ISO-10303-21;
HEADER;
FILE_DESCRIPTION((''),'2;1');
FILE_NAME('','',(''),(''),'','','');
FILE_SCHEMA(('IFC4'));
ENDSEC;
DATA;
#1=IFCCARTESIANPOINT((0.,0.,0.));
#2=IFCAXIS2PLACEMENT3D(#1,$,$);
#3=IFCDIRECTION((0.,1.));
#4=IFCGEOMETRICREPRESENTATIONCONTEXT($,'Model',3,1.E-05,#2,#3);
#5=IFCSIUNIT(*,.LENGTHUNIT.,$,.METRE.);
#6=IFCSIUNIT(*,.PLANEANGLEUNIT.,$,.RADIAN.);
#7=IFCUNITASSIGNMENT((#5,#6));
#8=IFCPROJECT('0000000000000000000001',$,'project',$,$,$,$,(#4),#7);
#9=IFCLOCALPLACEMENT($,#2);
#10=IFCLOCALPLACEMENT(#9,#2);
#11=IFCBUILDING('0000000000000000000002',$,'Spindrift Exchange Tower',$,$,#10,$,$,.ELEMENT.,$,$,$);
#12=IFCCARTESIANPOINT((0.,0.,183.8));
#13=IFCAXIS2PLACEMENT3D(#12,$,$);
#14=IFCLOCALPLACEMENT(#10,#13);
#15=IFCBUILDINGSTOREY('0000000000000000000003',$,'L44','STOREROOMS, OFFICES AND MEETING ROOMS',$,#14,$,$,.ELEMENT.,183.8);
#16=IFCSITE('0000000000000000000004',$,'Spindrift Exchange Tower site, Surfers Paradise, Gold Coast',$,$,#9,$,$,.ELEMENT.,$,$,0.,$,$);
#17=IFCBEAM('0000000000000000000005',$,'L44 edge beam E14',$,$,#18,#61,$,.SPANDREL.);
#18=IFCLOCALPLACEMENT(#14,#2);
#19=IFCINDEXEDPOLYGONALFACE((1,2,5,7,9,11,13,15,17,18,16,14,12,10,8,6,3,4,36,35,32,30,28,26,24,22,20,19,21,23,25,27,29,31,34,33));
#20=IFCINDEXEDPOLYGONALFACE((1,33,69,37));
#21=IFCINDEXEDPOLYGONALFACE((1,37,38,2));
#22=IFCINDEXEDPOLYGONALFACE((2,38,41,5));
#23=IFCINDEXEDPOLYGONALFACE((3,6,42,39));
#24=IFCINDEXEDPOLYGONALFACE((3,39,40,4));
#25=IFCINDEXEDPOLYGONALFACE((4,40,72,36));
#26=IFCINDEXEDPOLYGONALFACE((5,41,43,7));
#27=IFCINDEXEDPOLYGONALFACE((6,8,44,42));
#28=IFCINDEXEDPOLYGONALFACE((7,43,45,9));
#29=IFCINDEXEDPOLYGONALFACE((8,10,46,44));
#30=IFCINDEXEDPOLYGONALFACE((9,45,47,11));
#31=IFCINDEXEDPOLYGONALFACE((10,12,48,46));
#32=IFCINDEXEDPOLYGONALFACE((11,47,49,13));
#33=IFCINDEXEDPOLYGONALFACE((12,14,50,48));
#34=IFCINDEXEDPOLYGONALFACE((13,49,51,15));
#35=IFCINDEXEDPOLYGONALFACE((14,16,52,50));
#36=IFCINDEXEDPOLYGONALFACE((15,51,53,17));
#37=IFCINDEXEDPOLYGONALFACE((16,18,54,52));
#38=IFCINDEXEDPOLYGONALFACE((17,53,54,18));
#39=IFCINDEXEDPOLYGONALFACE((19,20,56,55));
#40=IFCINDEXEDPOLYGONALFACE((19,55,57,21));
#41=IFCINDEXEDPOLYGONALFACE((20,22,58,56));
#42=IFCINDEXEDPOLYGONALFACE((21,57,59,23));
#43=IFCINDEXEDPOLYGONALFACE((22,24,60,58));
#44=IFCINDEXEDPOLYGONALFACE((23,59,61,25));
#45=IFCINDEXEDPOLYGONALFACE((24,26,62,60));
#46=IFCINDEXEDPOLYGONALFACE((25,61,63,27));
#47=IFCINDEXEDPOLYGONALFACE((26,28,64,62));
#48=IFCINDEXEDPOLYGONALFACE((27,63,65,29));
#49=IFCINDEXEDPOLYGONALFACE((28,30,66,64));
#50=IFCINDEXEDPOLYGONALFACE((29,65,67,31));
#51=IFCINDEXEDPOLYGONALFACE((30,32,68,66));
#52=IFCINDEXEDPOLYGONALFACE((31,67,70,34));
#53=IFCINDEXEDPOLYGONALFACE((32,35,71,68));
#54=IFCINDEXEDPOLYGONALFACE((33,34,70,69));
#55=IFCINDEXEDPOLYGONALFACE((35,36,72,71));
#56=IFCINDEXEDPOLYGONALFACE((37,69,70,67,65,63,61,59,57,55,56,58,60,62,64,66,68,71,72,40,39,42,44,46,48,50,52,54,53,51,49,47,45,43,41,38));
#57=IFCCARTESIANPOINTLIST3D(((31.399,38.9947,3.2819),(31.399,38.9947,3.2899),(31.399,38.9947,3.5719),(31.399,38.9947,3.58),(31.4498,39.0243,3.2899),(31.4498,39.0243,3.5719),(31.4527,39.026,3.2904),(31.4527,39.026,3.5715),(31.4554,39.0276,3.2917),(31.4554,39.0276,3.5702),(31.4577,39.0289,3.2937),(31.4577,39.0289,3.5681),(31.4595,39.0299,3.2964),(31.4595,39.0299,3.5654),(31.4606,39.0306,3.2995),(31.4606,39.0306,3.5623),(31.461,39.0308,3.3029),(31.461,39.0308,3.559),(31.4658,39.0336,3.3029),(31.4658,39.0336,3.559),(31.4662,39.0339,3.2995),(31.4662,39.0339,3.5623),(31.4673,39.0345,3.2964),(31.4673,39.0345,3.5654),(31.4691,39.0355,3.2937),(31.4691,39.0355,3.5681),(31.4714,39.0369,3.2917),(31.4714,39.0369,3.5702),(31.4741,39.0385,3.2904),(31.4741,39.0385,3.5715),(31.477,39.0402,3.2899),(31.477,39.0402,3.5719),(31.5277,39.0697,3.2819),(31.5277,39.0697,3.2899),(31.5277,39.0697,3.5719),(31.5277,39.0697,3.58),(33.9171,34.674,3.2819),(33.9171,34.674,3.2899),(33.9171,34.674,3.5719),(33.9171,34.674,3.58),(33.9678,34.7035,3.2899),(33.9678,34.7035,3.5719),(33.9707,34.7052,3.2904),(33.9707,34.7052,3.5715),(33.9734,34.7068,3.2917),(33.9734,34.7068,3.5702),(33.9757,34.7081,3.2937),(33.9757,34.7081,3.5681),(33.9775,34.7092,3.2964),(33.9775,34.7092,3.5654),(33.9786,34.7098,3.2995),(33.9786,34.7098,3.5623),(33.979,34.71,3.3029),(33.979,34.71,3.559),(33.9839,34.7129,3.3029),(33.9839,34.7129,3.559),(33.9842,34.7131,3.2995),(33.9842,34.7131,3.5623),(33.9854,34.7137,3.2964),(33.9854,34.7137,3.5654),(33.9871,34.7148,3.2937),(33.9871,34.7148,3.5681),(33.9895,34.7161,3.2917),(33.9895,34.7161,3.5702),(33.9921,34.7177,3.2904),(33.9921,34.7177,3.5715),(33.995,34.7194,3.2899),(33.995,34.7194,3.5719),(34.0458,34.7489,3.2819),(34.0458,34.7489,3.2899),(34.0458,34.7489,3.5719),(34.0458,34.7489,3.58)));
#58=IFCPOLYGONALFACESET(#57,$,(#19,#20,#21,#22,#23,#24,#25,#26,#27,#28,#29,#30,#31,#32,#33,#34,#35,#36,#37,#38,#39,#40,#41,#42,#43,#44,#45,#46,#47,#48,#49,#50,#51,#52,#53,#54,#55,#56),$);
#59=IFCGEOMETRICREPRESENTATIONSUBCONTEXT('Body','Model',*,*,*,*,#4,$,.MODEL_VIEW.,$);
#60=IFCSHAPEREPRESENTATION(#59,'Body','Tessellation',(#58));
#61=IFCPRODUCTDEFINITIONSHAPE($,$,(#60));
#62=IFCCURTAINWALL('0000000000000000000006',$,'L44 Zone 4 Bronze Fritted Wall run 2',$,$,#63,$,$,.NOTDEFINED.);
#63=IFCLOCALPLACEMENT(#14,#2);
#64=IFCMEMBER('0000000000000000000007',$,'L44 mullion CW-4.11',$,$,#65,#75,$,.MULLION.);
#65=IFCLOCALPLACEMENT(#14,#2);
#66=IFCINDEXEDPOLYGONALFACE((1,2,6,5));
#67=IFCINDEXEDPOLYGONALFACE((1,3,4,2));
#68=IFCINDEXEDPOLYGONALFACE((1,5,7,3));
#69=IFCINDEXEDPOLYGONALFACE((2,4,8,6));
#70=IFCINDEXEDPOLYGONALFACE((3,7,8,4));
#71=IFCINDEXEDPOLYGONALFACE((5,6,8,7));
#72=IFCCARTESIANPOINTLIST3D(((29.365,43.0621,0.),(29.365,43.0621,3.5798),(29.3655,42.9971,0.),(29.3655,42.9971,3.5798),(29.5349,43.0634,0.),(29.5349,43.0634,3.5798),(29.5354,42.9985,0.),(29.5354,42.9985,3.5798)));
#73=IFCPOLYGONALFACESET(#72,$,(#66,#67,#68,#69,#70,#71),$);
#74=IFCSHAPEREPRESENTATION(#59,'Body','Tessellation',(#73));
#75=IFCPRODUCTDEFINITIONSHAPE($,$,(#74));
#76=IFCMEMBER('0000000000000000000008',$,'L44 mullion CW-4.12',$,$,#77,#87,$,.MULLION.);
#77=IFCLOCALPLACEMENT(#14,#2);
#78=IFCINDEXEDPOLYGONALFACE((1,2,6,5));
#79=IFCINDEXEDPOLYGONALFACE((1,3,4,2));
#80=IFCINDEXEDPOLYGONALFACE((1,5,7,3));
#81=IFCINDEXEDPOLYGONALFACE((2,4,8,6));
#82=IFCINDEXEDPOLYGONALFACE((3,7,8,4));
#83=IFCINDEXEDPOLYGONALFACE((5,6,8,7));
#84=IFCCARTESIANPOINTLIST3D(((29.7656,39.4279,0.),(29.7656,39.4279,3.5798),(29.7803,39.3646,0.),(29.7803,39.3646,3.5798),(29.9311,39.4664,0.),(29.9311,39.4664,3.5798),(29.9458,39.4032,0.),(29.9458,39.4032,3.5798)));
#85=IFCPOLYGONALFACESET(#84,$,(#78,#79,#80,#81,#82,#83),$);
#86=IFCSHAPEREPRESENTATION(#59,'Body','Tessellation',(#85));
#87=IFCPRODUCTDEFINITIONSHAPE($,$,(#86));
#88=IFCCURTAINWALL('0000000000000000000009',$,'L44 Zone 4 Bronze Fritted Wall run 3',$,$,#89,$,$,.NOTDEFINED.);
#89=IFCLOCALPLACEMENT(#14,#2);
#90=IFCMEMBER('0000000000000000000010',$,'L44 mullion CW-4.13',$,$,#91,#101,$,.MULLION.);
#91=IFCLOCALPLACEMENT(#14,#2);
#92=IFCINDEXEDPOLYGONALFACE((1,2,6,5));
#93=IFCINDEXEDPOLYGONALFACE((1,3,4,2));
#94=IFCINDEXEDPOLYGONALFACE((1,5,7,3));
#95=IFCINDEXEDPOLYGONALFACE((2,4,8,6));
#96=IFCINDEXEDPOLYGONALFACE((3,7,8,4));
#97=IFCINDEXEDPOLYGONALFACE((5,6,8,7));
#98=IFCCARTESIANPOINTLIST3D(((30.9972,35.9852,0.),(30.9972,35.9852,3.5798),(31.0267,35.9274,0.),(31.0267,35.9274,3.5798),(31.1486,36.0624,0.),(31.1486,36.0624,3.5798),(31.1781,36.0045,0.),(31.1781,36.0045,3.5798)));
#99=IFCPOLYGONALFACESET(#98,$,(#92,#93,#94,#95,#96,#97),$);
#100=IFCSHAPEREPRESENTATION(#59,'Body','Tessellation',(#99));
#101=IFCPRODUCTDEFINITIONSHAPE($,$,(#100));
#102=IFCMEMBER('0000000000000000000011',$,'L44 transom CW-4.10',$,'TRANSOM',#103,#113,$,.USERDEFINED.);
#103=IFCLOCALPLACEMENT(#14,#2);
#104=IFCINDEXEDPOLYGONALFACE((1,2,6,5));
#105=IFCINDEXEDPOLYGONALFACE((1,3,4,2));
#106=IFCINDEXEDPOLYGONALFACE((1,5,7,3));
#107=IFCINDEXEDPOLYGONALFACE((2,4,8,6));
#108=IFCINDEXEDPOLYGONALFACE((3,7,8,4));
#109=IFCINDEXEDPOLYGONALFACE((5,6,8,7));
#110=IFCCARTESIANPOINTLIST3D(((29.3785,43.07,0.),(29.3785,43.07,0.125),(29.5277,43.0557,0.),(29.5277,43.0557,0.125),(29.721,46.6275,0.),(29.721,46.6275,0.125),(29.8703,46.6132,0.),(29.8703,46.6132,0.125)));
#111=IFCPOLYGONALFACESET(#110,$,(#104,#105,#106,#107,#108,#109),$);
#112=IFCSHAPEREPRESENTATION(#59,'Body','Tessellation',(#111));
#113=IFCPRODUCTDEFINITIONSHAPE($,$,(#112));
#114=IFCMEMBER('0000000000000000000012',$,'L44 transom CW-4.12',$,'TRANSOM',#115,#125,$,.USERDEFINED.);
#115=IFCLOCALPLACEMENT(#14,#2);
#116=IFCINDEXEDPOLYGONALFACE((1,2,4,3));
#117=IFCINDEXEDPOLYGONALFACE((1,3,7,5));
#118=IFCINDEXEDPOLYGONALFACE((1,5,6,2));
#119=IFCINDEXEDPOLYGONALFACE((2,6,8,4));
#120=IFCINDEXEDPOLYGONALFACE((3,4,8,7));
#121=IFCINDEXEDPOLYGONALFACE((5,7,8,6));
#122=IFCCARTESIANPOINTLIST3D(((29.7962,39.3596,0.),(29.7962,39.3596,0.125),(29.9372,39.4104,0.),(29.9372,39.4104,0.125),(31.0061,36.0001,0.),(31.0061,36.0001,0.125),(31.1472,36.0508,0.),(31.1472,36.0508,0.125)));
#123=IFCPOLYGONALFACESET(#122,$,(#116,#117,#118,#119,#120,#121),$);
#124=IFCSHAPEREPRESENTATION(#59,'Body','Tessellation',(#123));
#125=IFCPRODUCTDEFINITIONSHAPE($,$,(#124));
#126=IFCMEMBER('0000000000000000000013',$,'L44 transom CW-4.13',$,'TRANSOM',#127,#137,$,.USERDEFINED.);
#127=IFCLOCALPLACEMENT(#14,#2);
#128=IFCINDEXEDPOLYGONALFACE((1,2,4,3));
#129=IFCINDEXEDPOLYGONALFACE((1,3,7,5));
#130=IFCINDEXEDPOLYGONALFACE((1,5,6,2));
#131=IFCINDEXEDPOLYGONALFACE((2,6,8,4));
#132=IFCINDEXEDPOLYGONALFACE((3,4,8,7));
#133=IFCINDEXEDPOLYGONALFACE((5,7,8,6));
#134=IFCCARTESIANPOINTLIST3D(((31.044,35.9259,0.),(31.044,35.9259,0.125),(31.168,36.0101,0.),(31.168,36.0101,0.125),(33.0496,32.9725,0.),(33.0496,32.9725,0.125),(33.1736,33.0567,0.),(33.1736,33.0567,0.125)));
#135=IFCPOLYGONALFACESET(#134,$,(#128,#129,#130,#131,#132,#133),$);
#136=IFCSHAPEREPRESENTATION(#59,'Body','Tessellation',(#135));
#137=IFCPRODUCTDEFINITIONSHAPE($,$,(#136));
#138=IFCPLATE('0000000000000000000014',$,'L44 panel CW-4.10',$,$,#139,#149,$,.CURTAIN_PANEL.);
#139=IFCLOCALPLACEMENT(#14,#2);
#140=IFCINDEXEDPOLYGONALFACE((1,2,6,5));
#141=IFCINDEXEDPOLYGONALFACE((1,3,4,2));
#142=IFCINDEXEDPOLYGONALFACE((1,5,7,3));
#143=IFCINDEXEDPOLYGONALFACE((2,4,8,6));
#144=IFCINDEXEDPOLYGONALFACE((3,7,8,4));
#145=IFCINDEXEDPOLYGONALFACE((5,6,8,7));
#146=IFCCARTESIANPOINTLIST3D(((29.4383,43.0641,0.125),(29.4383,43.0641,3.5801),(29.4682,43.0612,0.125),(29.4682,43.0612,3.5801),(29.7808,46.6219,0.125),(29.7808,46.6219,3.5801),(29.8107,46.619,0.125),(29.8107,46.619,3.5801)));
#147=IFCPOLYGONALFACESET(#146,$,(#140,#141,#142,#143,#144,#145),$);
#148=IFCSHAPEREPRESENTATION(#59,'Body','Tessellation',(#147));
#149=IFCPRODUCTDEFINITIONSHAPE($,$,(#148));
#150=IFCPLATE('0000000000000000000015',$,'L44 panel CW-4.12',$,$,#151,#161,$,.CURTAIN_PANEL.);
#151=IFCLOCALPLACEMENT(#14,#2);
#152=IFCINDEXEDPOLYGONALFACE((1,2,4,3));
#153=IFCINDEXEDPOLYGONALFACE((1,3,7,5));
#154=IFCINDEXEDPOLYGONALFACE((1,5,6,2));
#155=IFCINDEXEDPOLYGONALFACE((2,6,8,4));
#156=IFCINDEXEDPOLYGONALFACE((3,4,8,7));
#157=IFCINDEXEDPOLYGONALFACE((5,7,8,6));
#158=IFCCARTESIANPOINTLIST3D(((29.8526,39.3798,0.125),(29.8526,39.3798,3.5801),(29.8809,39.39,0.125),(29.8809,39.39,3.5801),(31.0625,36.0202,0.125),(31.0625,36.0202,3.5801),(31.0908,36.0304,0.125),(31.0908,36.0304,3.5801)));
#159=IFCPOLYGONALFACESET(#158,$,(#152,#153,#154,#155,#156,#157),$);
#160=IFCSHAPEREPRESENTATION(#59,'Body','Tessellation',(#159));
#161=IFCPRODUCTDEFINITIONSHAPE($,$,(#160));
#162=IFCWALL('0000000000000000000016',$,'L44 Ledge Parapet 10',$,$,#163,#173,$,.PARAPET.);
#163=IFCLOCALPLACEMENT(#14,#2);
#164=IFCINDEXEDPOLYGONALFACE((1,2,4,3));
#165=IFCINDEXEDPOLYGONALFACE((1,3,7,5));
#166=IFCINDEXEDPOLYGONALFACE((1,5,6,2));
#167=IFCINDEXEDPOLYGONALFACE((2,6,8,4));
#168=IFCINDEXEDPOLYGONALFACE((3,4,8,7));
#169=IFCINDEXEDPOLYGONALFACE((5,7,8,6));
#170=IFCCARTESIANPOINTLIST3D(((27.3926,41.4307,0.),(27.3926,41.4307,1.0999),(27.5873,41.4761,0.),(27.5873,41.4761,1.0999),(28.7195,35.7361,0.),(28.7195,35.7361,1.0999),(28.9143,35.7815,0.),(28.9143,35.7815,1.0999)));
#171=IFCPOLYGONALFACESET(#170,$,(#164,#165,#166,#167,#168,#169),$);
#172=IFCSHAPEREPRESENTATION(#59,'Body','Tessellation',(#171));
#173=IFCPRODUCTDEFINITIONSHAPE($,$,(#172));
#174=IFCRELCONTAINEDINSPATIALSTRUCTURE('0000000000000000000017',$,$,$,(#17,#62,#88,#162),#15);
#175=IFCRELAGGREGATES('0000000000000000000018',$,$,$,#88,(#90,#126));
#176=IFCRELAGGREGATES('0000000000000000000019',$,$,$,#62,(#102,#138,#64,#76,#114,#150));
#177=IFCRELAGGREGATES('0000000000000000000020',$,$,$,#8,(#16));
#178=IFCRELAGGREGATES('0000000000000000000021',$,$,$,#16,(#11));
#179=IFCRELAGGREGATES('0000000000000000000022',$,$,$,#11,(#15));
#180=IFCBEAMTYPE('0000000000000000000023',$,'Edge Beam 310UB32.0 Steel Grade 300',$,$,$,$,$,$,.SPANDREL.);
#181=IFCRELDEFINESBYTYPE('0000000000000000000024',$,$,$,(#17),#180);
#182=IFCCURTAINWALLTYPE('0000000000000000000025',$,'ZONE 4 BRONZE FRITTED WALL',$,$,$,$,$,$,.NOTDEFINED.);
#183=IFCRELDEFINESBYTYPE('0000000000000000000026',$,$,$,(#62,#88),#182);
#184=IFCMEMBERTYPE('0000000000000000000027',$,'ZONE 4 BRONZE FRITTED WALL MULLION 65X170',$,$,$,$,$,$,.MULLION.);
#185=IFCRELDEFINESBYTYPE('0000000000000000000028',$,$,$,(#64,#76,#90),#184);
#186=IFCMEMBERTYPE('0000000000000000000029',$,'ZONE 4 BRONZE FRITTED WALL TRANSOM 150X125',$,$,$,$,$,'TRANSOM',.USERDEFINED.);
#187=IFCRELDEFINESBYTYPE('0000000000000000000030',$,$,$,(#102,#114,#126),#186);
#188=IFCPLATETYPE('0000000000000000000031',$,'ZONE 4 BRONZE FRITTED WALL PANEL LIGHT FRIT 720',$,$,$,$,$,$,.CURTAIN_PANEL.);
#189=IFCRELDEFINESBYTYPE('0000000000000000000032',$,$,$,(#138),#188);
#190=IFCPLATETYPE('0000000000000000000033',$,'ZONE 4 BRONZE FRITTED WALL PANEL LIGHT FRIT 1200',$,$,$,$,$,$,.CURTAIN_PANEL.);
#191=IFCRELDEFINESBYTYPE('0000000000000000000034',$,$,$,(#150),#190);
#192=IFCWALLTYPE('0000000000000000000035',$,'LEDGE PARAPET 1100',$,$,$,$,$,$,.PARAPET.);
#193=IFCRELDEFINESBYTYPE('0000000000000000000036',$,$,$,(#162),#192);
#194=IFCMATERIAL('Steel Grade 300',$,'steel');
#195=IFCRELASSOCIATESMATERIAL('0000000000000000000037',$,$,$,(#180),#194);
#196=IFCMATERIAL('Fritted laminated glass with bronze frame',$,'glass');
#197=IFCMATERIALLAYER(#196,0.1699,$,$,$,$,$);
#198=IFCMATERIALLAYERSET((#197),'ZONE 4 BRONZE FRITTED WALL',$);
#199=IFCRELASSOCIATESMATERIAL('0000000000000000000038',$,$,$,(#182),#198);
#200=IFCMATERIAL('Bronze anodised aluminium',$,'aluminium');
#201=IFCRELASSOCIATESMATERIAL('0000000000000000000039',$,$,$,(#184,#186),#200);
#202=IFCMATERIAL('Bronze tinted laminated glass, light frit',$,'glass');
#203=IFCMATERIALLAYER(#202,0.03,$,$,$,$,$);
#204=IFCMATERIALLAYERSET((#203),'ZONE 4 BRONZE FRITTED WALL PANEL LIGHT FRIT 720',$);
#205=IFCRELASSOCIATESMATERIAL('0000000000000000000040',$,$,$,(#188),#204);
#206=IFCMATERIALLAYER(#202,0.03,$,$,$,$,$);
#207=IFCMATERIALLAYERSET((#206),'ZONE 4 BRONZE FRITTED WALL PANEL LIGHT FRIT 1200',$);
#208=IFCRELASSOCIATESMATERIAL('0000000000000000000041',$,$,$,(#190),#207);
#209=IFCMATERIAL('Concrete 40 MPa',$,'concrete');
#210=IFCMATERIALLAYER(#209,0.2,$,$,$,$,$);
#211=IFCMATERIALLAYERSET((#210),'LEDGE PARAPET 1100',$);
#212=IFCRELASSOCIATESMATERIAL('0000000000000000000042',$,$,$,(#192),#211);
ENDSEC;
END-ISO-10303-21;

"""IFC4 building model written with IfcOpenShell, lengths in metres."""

from ifc_helpers import new_model, si_unit, direction, frame, frame_2d, origin, origin_2d, place, context, subcontext, project, spatial, rectangle, i_section, extrude, source, transform, mapped, material, layer, layer_set, material_profile, profile_set, type_object, element, aggregate, save


model = new_model("IFC4")

# Units and contexts
model_context = context("Model", 3, precision=1e-05, world=origin(), true_north=direction((0.0, 1.0)))
body_context = subcontext(model_context, "Body", "Model", "MODEL_VIEW")
ifc_project = project(units=[si_unit("LENGTHUNIT", "METRE"), si_unit("PLANEANGLEUNIT", "RADIAN")], contexts=[model_context])

# Site, building, storey
site_placement = place(None, origin())
site = spatial("IfcSite", under=ifc_project, at=site_placement, Name="Spindrift Exchange Tower site, Surfers Paradise, Gold Coast", CompositionType="ELEMENT", RefElevation=0.0)
building_placement = place(site_placement, origin())
building = spatial("IfcBuilding", under=site, at=building_placement, Name="Spindrift Exchange Tower", CompositionType="ELEMENT")
storey_placement = place(building_placement, frame((0.0, 0.0, 183.8)))
storey = spatial("IfcBuildingStorey", under=building, at=storey_placement, Name="L44", Description="STOREROOMS, OFFICES AND MEETING ROOMS", CompositionType="ELEMENT", Elevation=183.8)

# Beam
ifc_material_1 = material(Name="Steel Grade 300", Category="steel")
ifc_material_profile_1 = material_profile(ifc_material_1, i_section(OverallWidth=0.1489, OverallDepth=0.2981, WebThickness=0.0056, FlangeThickness=0.0081, FilletRadius=0.0129, at=origin_2d()), Name="310UB32.0")
ifc_profile_set_1 = profile_set([ifc_material_profile_1], Name="Steel Grade 300")
beam_type_1 = type_object("IfcBeamType", Name="Edge Beam 310UB32.0 Steel Grade 300", PredefinedType="SPANDREL", material=ifc_profile_set_1)
shared_shape_1 = source(origin(), body_context, "Body", "SweptSolid", [
    extrude(i_section(OverallWidth=0.1489, OverallDepth=0.2981, WebThickness=0.0056, FlangeThickness=0.0081, FilletRadius=0.0129, at=origin_2d()), origin(), (0.0, 0.0, 1.0), 5.001),
])
beam_1_placement = place(storey_placement, frame((31.4634, 39.0322, 3.4309), z_axis=(0.503513, -0.863988, 0.0), x_axis=(0.863988, 0.503513, 0.0)))
element("IfcBeam", 1, at=beam_1_placement, inside=storey, type_object=beam_type_1, Name="L44 edge beam E14", PredefinedType="SPANDREL", context=body_context, shape_type="MappedRepresentation", body=[
    mapped(shared_shape_1, transform((0.0, 0.0, 0.0), scale=1.0)),
])

# Curtain wall, members
ifc_material_2 = material(Name="Fritted laminated glass with bronze frame", Category="glass")
ifc_layer_1 = layer(ifc_material_2, 0.1699)
ifc_layer_set_1 = layer_set([ifc_layer_1], Name="ZONE 4 BRONZE FRITTED WALL")
curtain_wall_type = type_object("IfcCurtainWallType", Name="ZONE 4 BRONZE FRITTED WALL", PredefinedType="NOTDEFINED", material=ifc_layer_set_1)
curtain_wall_1_placement = place(storey_placement, origin())
curtain_wall_1 = element("IfcCurtainWall", 2, at=curtain_wall_1_placement, inside=storey, type_object=curtain_wall_type, Name="L44 Zone 4 Bronze Fritted Wall run 2", PredefinedType="NOTDEFINED")
ifc_material_3 = material(Name="Bronze anodised aluminium", Category="aluminium")
ifc_material_profile_2 = material_profile(ifc_material_3, rectangle(XDim=0.0649, YDim=0.1699, at=origin_2d()), Name="ZONE 4 BRONZE FRITTED WALL MULLION 65X170")
ifc_profile_set_2 = profile_set([ifc_material_profile_2], Name="Bronze anodised aluminium")
member_type_1 = type_object("IfcMemberType", Name="ZONE 4 BRONZE FRITTED WALL MULLION 65X170", PredefinedType="MULLION", material=ifc_profile_set_2)
shared_shape_2 = source(origin(), body_context, "Body", "SweptSolid", [
    extrude(rectangle(XDim=0.0649, YDim=0.1699, at=origin_2d()), origin(), (0.0, 0.0, 1.0), 3.5798),
])
member_1_placement = place(storey_placement, frame((29.4502, 43.0303, 0.0), z_axis=(0.0, 0.0, 1.0), x_axis=(0.007899, -0.999969, 0.0)))
member_1 = element("IfcMember", 3, at=member_1_placement, type_object=member_type_1, Name="L44 mullion CW-4.11", PredefinedType="MULLION", context=body_context, shape_type="MappedRepresentation", body=[
    mapped(shared_shape_2, transform((0.0, 0.0, 0.0), scale=1.0)),
])
member_2_placement = place(storey_placement, frame((29.8557, 39.4155, 0.0), z_axis=(0.0, 0.0, 1.0), x_axis=(0.22673, -0.973958, 0.0)))
member_2 = element("IfcMember", 4, at=member_2_placement, type_object=member_type_1, Name="L44 mullion CW-4.12", PredefinedType="MULLION", context=body_context, shape_type="MappedRepresentation", body=[
    mapped(shared_shape_2, transform((0.0, 0.0, 0.0), scale=1.0)),
])

# Curtain wall, member
curtain_wall_2_placement = place(storey_placement, origin())
curtain_wall_2 = element("IfcCurtainWall", 5, at=curtain_wall_2_placement, inside=storey, type_object=curtain_wall_type, Name="L44 Zone 4 Bronze Fritted Wall run 3", PredefinedType="NOTDEFINED")
member_3_placement = place(storey_placement, frame((31.0876, 35.9949, 0.0), z_axis=(0.0, 0.0, 1.0), x_axis=(0.453889, -0.891058, 0.0)))
member_3 = element("IfcMember", 6, at=member_3_placement, type_object=member_type_1, Name="L44 mullion CW-4.13", PredefinedType="MULLION", context=body_context, shape_type="MappedRepresentation", body=[
    mapped(shared_shape_2, transform((0.0, 0.0, 0.0), scale=1.0)),
])

# Members
ifc_material_profile_3 = material_profile(ifc_material_3, rectangle(XDim=0.1499, YDim=0.125, at=origin_2d()), Name="ZONE 4 BRONZE FRITTED WALL TRANSOM 150X125")
ifc_profile_set_3 = profile_set([ifc_material_profile_3], Name="Bronze anodised aluminium")
member_type_2 = type_object("IfcMemberType", Name="ZONE 4 BRONZE FRITTED WALL TRANSOM 150X125", ElementType="TRANSOM", PredefinedType="USERDEFINED", material=ifc_profile_set_3)
shared_shape_3 = source(origin(), body_context, "Body", "SweptSolid", [
    extrude(rectangle(XDim=0.1499, YDim=0.125, at=origin_2d()), origin(), (0.0, 0.0, 1.0), 3.574),
])
member_4_placement = place(storey_placement, frame((29.7957, 46.6204, 0.0625), z_axis=(-0.095837, -0.995397, 0.0), x_axis=(0.995397, -0.095837, 0.0)))
member_4 = element("IfcMember", 7, at=member_4_placement, type_object=member_type_2, Name="L44 transom CW-4.10", ObjectType="TRANSOM", PredefinedType="USERDEFINED", context=body_context, shape_type="MappedRepresentation", body=[
    mapped(shared_shape_3, transform((0.0, 0.0, 0.0), scale=1.0)),
])
shared_shape_4 = source(origin(), body_context, "Body", "SweptSolid", [
    extrude(rectangle(XDim=0.1499, YDim=0.125, at=origin_2d()), origin(), (0.0, 0.0, 1.0), 3.5708),
])
member_5_placement = place(storey_placement, frame((29.8667, 39.385, 0.0625), z_axis=(0.338843, -0.940843, 0.0), x_axis=(0.940843, 0.338843, 0.0)))
member_5 = element("IfcMember", 8, at=member_5_placement, type_object=member_type_2, Name="L44 transom CW-4.12", ObjectType="TRANSOM", PredefinedType="USERDEFINED", context=body_context, shape_type="MappedRepresentation", body=[
    mapped(shared_shape_4, transform((0.0, 0.0, 0.0), scale=1.0)),
])
shared_shape_5 = source(origin(), body_context, "Body", "SweptSolid", [
    extrude(rectangle(XDim=0.1499, YDim=0.125, at=origin_2d()), origin(), (0.0, 0.0, 1.0), 3.5701),
])
member_6_placement = place(storey_placement, frame((31.106, 35.968, 0.0625), z_axis=(0.561797, -0.827275, 0.0), x_axis=(0.827275, 0.561797, 0.0)))
member_6 = element("IfcMember", 9, at=member_6_placement, type_object=member_type_2, Name="L44 transom CW-4.13", ObjectType="TRANSOM", PredefinedType="USERDEFINED", context=body_context, shape_type="MappedRepresentation", body=[
    mapped(shared_shape_5, transform((0.0, 0.0, 0.0), scale=1.0)),
])
aggregate(curtain_wall_2, [member_3, member_6])

# Plates
ifc_material_4 = material(Name="Bronze tinted laminated glass, light frit", Category="glass")
ifc_layer_2 = layer(ifc_material_4, 0.03)
ifc_layer_set_2 = layer_set([ifc_layer_2], Name="ZONE 4 BRONZE FRITTED WALL PANEL LIGHT FRIT 720")
plate_type_1 = type_object("IfcPlateType", Name="ZONE 4 BRONZE FRITTED WALL PANEL LIGHT FRIT 720", PredefinedType="CURTAIN_PANEL", material=ifc_layer_set_2)
shared_shape_6 = source(origin(), body_context, "Body", "SweptSolid", [
    extrude(rectangle(XDim=3.5742, YDim=0.03, at=origin_2d()), origin(), (0.0, 0.0, 1.0), 3.4551),
])
plate_1_placement = place(storey_placement, frame((29.6245, 44.8416, 0.125), z_axis=(0.0, 0.0, 1.0), x_axis=(-0.09582, -0.995399, 0.0)))
plate_1 = element("IfcPlate", 10, at=plate_1_placement, type_object=plate_type_1, Name="L44 panel CW-4.10", PredefinedType="CURTAIN_PANEL", context=body_context, shape_type="MappedRepresentation", body=[
    mapped(shared_shape_6, transform((0.0, 0.0, 0.0), scale=1.0)),
])
ifc_layer_3 = layer(ifc_material_4, 0.03)
ifc_layer_set_3 = layer_set([ifc_layer_3], Name="ZONE 4 BRONZE FRITTED WALL PANEL LIGHT FRIT 1200")
plate_type_2 = type_object("IfcPlateType", Name="ZONE 4 BRONZE FRITTED WALL PANEL LIGHT FRIT 1200", PredefinedType="CURTAIN_PANEL", material=ifc_layer_set_3)
shared_shape_7 = source(origin(), body_context, "Body", "SweptSolid", [
    extrude(rectangle(XDim=3.5708, YDim=0.03, at=origin_2d()), origin(), (0.0, 0.0, 1.0), 3.4551),
])
plate_2_placement = place(storey_placement, frame((30.4717, 37.7051, 0.125), z_axis=(0.0, 0.0, 1.0), x_axis=(0.338828, -0.940848, 0.0)))
plate_2 = element("IfcPlate", 11, at=plate_2_placement, type_object=plate_type_2, Name="L44 panel CW-4.12", PredefinedType="CURTAIN_PANEL", context=body_context, shape_type="MappedRepresentation", body=[
    mapped(shared_shape_7, transform((0.0, 0.0, 0.0), scale=1.0)),
])
aggregate(curtain_wall_1, [member_4, plate_1, member_1, member_2, member_5, plate_2])

# Wall
ifc_material_5 = material(Name="Concrete 40 MPa", Category="concrete")
ifc_layer_4 = layer(ifc_material_5, 0.2)
ifc_layer_set_4 = layer_set([ifc_layer_4], Name="LEDGE PARAPET 1100")
wall_type_1 = type_object("IfcWallType", Name="LEDGE PARAPET 1100", PredefinedType="PARAPET", material=ifc_layer_set_4)
wall_1_placement = place(storey_placement, frame((28.8169, 35.7588, 0.0), z_axis=(0.0, 0.0, 1.0), x_axis=(-0.226933, 0.97391, 0.0)))
element("IfcWall", 12, at=wall_1_placement, inside=storey, type_object=wall_type_1, Name="L44 Ledge Parapet 10", PredefinedType="PARAPET", context=body_context, shape_type="SweptSolid", body=[
    extrude(rectangle(XDim=5.8472, YDim=0.2, at=frame_2d((2.9236, 0.0))), origin(), (0.0, 0.0, 1.0), 1.0999),
])

save(model, "model.ifc")
